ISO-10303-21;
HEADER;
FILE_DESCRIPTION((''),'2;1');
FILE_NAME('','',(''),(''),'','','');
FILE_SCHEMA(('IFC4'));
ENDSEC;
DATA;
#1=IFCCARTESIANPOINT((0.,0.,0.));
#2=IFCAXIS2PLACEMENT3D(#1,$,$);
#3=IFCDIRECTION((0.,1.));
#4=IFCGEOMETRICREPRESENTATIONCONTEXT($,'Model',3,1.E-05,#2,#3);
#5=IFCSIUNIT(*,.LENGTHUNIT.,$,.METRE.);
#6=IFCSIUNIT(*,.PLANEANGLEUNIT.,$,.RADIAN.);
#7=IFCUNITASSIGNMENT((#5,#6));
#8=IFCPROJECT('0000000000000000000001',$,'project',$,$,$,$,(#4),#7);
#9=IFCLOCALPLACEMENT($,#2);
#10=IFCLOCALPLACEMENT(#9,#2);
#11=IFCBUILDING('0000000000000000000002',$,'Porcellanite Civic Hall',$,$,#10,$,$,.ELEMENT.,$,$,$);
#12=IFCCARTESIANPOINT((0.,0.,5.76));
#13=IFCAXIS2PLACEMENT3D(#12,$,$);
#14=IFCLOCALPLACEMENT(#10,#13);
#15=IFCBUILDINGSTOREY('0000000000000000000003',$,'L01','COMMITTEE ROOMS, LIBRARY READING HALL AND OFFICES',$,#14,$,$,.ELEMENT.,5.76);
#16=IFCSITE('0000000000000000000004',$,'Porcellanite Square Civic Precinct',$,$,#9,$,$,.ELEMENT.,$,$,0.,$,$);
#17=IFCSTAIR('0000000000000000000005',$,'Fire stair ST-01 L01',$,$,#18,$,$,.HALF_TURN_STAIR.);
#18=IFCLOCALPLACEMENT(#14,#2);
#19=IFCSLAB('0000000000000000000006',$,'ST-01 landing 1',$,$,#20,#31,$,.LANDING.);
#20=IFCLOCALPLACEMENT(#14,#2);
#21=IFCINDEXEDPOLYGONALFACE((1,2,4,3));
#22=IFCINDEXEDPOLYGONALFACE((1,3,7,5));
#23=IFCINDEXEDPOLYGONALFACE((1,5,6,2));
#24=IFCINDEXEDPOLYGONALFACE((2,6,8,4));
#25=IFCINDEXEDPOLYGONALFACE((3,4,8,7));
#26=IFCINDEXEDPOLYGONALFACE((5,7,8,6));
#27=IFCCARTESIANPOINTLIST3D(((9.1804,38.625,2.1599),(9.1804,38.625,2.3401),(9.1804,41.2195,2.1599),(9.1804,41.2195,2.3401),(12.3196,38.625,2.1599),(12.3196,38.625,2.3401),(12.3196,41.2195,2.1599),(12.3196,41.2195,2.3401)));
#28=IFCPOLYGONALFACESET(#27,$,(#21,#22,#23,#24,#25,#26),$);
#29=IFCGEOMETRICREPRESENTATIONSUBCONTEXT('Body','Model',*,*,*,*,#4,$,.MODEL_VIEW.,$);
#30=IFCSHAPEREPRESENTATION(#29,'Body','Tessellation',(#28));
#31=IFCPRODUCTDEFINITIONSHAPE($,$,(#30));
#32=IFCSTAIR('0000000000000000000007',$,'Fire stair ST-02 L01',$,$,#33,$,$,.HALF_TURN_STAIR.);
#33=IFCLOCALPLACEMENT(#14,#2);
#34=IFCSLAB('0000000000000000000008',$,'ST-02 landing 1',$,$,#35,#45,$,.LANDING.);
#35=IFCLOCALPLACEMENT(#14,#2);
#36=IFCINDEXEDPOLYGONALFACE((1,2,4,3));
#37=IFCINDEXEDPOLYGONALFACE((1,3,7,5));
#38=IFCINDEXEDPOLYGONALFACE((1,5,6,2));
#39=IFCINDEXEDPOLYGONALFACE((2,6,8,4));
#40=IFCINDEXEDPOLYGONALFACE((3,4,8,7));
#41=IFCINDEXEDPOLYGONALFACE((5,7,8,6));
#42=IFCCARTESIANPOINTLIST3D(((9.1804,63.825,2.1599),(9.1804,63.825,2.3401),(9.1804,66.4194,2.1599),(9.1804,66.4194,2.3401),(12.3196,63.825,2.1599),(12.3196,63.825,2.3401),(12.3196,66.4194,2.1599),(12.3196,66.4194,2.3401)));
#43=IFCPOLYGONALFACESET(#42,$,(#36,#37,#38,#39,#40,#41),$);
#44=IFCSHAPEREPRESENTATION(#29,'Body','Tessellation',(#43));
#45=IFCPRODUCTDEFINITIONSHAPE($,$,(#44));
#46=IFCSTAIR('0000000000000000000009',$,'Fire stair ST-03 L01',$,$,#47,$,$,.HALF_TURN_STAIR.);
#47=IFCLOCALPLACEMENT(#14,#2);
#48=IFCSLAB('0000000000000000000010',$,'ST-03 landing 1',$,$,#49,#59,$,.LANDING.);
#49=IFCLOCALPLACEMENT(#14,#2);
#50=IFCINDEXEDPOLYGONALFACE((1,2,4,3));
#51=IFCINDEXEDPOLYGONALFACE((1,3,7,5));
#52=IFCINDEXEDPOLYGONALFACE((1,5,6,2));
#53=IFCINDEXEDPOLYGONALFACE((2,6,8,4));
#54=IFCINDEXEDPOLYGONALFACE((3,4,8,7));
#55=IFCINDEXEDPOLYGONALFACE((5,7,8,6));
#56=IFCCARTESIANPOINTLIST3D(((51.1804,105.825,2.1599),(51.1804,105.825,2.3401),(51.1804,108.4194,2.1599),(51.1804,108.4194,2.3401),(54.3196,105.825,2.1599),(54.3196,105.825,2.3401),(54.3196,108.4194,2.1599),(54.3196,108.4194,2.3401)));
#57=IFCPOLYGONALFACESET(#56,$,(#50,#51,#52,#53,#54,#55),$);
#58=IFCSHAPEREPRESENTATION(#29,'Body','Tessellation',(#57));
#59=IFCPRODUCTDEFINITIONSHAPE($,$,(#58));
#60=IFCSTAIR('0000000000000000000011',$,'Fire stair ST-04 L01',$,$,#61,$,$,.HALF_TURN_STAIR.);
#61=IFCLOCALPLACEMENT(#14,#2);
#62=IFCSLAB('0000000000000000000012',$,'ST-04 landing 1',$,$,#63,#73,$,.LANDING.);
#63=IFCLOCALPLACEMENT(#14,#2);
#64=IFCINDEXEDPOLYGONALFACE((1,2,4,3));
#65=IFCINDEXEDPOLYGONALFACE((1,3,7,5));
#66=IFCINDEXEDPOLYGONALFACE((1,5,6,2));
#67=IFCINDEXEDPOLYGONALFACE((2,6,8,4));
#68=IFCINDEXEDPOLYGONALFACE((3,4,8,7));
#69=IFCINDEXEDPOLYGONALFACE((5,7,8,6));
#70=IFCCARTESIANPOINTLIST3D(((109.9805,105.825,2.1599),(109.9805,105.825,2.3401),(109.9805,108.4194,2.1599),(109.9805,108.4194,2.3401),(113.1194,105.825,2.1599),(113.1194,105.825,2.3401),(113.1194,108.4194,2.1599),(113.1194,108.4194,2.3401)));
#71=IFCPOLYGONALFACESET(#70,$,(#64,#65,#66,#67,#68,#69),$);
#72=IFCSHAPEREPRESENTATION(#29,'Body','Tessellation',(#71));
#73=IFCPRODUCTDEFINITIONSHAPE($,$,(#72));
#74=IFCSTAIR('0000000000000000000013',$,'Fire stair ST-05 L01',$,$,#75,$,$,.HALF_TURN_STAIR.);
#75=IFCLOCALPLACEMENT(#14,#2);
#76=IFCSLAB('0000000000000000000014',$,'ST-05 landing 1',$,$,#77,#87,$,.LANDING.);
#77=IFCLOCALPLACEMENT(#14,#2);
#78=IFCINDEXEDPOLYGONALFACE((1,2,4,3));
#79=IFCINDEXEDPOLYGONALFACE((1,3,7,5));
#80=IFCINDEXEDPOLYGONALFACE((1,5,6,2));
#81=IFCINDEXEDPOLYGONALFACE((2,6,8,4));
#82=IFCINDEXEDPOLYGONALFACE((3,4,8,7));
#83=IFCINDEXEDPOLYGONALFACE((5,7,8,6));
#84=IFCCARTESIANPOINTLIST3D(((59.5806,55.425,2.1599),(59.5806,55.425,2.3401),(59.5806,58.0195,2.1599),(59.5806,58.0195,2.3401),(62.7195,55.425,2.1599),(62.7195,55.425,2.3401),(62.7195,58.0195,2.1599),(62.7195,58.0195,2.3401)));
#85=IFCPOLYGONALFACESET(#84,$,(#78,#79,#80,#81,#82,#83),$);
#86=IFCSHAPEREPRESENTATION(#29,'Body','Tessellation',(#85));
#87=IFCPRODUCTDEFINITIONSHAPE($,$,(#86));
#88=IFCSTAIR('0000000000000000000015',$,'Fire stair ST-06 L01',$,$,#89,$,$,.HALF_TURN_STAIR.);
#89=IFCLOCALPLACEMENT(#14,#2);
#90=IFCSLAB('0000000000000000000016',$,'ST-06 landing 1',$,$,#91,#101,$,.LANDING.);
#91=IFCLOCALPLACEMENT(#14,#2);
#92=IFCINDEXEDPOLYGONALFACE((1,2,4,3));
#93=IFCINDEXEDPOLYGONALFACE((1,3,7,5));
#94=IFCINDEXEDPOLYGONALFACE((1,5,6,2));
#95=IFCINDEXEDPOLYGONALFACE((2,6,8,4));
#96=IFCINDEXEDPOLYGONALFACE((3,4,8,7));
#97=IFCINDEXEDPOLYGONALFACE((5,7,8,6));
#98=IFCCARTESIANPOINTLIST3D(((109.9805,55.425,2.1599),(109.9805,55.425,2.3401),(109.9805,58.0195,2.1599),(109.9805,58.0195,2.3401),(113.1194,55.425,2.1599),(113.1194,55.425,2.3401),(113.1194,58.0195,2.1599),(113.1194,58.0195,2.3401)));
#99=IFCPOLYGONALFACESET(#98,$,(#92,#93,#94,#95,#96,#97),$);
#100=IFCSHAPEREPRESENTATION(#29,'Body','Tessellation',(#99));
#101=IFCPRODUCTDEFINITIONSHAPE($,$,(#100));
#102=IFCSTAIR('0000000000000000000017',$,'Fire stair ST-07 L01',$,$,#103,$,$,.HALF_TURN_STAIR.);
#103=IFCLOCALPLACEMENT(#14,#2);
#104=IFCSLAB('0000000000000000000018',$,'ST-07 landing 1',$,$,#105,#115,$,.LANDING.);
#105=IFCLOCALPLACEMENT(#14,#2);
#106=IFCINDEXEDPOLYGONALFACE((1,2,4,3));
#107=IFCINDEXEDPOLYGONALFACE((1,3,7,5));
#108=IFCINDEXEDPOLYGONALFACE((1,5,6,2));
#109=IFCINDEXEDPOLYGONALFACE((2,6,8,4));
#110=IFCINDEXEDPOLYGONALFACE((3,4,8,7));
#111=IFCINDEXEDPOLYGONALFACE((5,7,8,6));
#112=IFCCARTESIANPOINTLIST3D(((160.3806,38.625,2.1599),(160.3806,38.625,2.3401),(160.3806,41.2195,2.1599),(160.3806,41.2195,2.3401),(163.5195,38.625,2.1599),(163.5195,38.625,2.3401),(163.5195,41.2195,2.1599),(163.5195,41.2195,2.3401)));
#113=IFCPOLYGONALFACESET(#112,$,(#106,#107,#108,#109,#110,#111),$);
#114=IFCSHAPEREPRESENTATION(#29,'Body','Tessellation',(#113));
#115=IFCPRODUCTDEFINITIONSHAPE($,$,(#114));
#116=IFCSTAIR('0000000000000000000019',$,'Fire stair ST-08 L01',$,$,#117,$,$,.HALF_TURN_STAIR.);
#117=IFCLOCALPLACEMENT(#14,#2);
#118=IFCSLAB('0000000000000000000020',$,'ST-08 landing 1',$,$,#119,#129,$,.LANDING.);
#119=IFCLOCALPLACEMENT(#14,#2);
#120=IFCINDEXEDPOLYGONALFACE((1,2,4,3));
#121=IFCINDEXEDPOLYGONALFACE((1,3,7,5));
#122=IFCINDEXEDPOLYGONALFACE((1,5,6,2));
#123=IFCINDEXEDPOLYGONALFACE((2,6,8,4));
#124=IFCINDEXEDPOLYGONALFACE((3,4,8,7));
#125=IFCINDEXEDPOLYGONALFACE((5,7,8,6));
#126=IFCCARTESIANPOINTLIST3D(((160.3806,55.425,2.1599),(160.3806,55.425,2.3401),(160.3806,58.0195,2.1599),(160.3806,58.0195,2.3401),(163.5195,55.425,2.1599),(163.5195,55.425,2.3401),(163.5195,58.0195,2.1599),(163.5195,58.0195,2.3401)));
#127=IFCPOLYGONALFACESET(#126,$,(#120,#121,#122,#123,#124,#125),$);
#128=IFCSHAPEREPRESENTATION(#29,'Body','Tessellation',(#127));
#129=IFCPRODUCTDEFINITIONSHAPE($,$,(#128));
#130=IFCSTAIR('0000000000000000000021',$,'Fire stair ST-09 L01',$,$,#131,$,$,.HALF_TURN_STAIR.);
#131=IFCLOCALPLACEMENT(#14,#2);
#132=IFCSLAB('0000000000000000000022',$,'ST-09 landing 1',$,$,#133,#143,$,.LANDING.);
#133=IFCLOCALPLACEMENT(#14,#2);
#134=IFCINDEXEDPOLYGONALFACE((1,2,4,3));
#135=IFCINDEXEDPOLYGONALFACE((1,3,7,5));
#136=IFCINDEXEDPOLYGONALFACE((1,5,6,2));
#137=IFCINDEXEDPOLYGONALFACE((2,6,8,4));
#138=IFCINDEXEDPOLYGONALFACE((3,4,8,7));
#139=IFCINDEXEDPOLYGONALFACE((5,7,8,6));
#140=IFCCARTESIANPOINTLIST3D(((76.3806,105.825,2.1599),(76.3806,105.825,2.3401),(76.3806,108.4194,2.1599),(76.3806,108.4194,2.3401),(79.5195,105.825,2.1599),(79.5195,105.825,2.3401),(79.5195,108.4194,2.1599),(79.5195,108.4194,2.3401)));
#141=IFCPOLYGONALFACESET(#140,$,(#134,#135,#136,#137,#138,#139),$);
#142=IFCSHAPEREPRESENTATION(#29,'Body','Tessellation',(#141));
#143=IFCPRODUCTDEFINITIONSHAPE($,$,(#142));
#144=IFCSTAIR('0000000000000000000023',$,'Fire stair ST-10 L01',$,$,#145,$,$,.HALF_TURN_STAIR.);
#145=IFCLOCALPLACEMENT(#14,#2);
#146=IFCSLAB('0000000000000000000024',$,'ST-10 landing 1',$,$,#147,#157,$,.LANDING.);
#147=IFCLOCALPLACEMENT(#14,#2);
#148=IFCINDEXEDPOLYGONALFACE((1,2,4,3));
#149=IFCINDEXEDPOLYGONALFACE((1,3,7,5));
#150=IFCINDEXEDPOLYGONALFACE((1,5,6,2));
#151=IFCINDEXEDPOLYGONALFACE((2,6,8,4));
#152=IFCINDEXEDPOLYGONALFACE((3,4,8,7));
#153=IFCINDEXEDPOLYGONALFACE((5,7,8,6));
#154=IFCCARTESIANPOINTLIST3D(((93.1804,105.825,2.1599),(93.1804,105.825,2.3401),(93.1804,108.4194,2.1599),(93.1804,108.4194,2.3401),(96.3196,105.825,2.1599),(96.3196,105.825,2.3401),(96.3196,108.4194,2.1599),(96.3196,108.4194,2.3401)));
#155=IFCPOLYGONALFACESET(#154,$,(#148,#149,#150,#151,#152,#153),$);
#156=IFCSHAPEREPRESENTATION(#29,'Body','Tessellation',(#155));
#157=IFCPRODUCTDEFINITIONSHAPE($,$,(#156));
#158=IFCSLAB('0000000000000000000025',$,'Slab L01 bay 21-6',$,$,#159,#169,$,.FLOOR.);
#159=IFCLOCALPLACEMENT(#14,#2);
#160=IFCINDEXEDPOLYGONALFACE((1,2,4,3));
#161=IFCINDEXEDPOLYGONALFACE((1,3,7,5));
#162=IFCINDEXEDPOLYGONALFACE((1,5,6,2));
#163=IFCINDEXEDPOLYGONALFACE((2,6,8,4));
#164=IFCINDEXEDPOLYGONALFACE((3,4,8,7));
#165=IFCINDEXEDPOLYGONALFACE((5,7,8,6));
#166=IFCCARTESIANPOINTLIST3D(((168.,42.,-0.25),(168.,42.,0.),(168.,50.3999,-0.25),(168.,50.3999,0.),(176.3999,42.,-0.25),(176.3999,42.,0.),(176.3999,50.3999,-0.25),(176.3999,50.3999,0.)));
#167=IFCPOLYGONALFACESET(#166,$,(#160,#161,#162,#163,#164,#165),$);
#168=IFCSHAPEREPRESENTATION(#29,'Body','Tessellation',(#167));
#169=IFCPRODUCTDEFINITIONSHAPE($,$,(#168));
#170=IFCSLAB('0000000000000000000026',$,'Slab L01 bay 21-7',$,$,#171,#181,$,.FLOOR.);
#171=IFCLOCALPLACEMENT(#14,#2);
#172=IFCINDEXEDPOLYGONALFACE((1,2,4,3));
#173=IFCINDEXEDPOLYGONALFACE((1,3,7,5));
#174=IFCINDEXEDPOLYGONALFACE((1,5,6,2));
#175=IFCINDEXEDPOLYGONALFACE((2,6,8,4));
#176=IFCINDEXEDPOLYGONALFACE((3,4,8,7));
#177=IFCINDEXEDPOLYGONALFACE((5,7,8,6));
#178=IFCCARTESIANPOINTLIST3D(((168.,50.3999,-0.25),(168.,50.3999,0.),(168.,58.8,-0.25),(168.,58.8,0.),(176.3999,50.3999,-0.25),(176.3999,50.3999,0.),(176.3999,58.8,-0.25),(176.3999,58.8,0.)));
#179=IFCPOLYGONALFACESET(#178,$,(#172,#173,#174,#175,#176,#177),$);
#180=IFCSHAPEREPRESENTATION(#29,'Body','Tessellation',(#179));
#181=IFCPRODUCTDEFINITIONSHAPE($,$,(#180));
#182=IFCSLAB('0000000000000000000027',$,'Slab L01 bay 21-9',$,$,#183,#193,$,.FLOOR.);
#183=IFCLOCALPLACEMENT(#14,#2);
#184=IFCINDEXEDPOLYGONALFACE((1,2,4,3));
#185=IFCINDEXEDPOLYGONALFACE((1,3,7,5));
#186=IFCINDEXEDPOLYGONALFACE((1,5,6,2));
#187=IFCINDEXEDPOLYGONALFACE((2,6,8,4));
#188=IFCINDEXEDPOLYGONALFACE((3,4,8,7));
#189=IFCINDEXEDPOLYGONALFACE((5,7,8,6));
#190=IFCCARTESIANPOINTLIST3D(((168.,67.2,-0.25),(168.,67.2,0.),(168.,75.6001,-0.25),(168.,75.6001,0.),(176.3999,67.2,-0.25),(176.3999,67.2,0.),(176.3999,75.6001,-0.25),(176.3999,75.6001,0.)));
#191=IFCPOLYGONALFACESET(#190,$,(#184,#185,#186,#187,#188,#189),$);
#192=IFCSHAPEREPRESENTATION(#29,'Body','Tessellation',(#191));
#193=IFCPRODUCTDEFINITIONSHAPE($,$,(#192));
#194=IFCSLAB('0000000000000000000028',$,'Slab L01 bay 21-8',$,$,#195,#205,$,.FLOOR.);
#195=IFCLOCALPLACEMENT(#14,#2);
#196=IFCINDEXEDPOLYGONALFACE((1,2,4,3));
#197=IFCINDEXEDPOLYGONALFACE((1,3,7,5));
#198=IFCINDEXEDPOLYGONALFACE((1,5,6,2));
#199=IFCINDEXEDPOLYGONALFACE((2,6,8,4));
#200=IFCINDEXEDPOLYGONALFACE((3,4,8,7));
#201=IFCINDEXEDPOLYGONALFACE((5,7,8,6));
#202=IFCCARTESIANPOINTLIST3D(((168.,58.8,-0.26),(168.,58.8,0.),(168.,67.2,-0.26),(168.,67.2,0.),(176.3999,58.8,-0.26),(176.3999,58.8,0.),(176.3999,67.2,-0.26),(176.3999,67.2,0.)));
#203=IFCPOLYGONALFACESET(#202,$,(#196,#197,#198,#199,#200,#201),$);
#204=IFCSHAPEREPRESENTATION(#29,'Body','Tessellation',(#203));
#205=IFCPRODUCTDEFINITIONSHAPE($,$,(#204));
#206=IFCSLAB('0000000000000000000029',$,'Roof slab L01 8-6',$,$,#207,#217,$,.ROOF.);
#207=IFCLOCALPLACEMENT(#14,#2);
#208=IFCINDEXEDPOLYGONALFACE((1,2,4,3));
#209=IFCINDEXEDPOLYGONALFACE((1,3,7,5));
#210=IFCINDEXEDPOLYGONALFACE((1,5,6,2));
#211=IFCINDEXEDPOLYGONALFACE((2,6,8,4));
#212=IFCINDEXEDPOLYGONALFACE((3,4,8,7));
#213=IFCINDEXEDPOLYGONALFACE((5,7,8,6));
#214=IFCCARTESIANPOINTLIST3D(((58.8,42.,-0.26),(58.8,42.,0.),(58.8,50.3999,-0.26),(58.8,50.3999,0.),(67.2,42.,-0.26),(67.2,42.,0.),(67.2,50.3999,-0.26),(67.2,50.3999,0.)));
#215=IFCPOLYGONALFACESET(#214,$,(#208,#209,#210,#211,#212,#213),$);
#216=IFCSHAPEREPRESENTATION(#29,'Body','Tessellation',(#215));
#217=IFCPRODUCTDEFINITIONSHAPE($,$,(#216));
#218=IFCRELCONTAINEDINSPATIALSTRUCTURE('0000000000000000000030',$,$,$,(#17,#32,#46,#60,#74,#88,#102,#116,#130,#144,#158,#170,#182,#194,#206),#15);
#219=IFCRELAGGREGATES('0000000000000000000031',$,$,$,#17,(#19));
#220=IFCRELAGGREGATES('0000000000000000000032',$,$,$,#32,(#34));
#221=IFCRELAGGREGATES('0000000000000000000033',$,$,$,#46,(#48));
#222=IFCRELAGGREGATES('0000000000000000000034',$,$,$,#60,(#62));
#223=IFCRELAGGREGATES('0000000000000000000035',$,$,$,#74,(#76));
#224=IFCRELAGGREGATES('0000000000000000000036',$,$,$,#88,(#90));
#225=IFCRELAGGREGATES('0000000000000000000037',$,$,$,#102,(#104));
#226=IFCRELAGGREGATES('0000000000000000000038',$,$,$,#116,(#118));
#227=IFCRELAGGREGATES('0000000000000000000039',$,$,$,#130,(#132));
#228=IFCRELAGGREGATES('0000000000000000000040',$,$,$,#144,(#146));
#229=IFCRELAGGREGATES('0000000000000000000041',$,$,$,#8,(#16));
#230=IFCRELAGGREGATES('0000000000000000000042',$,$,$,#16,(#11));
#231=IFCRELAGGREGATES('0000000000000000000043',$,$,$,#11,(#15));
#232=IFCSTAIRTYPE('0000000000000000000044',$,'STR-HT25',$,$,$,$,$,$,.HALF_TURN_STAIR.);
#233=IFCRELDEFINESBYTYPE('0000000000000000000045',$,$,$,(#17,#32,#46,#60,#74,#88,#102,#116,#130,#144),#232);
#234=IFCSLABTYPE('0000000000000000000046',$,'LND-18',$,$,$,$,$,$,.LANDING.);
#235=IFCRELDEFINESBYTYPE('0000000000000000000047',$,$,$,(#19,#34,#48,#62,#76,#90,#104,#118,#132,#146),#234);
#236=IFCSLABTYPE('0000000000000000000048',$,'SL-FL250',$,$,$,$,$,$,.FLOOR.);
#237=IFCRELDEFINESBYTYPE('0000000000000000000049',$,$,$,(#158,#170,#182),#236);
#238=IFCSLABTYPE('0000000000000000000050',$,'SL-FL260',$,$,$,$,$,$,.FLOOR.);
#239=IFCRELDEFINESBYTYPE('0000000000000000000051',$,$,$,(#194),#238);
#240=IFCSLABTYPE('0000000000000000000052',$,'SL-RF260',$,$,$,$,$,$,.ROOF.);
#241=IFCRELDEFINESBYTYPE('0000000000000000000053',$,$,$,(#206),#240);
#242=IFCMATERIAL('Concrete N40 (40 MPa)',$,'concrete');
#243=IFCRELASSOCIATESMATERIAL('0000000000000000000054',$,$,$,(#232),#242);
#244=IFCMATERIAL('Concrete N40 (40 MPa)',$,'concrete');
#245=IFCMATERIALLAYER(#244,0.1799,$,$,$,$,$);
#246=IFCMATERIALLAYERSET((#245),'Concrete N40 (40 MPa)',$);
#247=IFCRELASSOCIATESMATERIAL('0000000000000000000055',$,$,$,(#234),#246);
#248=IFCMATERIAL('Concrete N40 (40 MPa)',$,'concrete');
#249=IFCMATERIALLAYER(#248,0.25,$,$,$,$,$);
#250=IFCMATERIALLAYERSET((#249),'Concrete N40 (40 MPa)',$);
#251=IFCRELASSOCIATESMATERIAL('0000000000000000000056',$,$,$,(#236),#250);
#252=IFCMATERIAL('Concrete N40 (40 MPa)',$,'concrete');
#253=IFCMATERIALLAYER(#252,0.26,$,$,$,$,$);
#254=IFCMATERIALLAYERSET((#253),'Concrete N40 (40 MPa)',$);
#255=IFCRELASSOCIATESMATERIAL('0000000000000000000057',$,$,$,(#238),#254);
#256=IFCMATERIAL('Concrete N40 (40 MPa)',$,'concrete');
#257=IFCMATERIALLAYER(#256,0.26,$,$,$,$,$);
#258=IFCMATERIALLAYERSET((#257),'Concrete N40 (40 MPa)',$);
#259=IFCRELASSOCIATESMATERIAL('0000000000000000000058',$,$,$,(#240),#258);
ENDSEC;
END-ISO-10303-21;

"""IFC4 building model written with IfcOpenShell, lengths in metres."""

from ifc_helpers import new_model, si_unit, direction, frame, origin, place, context, subcontext, project, spatial, polyline, outline, extrude, material, layer, layer_set, type_object, element, aggregate, save


model = new_model("IFC4")

# Units and contexts
model_context = context("Model", 3, precision=1e-05, world=origin(), true_north=direction((0.0, 1.0)))
body_context = subcontext(model_context, "Body", "Model", "MODEL_VIEW")
ifc_project = project(units=[si_unit("LENGTHUNIT", "METRE"), si_unit("PLANEANGLEUNIT", "RADIAN")], contexts=[model_context])

# Site, building, storey
site_placement = place(None, origin())
site = spatial("IfcSite", under=ifc_project, at=site_placement, Name="Porcellanite Square Civic Precinct", CompositionType="ELEMENT", RefElevation=0.0)
building_placement = place(site_placement, origin())
building = spatial("IfcBuilding", under=site, at=building_placement, Name="Porcellanite Civic Hall", CompositionType="ELEMENT")
storey_placement = place(building_placement, frame((0.0, 0.0, 5.76)))
storey = spatial("IfcBuildingStorey", under=building, at=storey_placement, Name="L01", Description="COMMITTEE ROOMS, LIBRARY READING HALL AND OFFICES", CompositionType="ELEMENT", Elevation=5.76)

# Stairs, slabs
ifc_material_1 = material(Name="Concrete N40 (40 MPa)", Category="concrete")
stair_type = type_object("IfcStairType", Name="STR-HT25", PredefinedType="HALF_TURN_STAIR", material=ifc_material_1)
stair_1_placement = place(storey_placement, origin())
stair_1 = element("IfcStair", 1, at=stair_1_placement, inside=storey, type_object=stair_type, Name="Fire stair ST-01 L01", PredefinedType="HALF_TURN_STAIR")
ifc_material_2 = material(Name="Concrete N40 (40 MPa)", Category="concrete")
ifc_layer_1 = layer(ifc_material_2, 0.1799)
ifc_layer_set_1 = layer_set([ifc_layer_1], Name="Concrete N40 (40 MPa)")
slab_type_1 = type_object("IfcSlabType", Name="LND-18", PredefinedType="LANDING", material=ifc_layer_set_1)
slab_1_placement = place(storey_placement, frame((0.0, 0.0, 2.1599)))
slab_1 = element("IfcSlab", 2, at=slab_1_placement, type_object=slab_type_1, Name="ST-01 landing 1", PredefinedType="LANDING", context=body_context, shape_type="SweptSolid", body=[
    extrude(outline(polyline([(9.1804, 38.625), (12.3196, 38.625), (12.3196, 41.2195), (9.1804, 41.2195), (9.1804, 38.625)])), origin(), (0.0, 0.0, 1.0), 0.1802),
])
aggregate(stair_1, [slab_1])
stair_2_placement = place(storey_placement, origin())
stair_2 = element("IfcStair", 3, at=stair_2_placement, inside=storey, type_object=stair_type, Name="Fire stair ST-02 L01", PredefinedType="HALF_TURN_STAIR")
slab_2_placement = place(storey_placement, frame((0.0, 0.0, 2.1599)))
slab_2 = element("IfcSlab", 4, at=slab_2_placement, type_object=slab_type_1, Name="ST-02 landing 1", PredefinedType="LANDING", context=body_context, shape_type="SweptSolid", body=[
    extrude(outline(polyline([(9.1804, 63.825), (12.3196, 63.825), (12.3196, 66.4194), (9.1804, 66.4194), (9.1804, 63.825)])), origin(), (0.0, 0.0, 1.0), 0.1802),
])
aggregate(stair_2, [slab_2])
stair_3_placement = place(storey_placement, origin())
stair_3 = element("IfcStair", 5, at=stair_3_placement, inside=storey, type_object=stair_type, Name="Fire stair ST-03 L01", PredefinedType="HALF_TURN_STAIR")
slab_3_placement = place(storey_placement, frame((0.0, 0.0, 2.1599)))
slab_3 = element("IfcSlab", 6, at=slab_3_placement, type_object=slab_type_1, Name="ST-03 landing 1", PredefinedType="LANDING", context=body_context, shape_type="SweptSolid", body=[
    extrude(outline(polyline([(51.1804, 105.825), (54.3196, 105.825), (54.3196, 108.4194), (51.1804, 108.4194), (51.1804, 105.825)])), origin(), (0.0, 0.0, 1.0), 0.1802),
])
aggregate(stair_3, [slab_3])
stair_4_placement = place(storey_placement, origin())
stair_4 = element("IfcStair", 7, at=stair_4_placement, inside=storey, type_object=stair_type, Name="Fire stair ST-04 L01", PredefinedType="HALF_TURN_STAIR")
slab_4_placement = place(storey_placement, frame((0.0, 0.0, 2.1599)))
slab_4 = element("IfcSlab", 8, at=slab_4_placement, type_object=slab_type_1, Name="ST-04 landing 1", PredefinedType="LANDING", context=body_context, shape_type="SweptSolid", body=[
    extrude(outline(polyline([(109.9805, 105.825), (113.1194, 105.825), (113.1194, 108.4194), (109.9805, 108.4194), (109.9805, 105.825)])), origin(), (0.0, 0.0, 1.0), 0.1802),
])
aggregate(stair_4, [slab_4])
stair_5_placement = place(storey_placement, origin())
stair_5 = element("IfcStair", 9, at=stair_5_placement, inside=storey, type_object=stair_type, Name="Fire stair ST-05 L01", PredefinedType="HALF_TURN_STAIR")
slab_5_placement = place(storey_placement, frame((0.0, 0.0, 2.1599)))
slab_5 = element("IfcSlab", 10, at=slab_5_placement, type_object=slab_type_1, Name="ST-05 landing 1", PredefinedType="LANDING", context=body_context, shape_type="SweptSolid", body=[
    extrude(outline(polyline([(59.5806, 55.425), (62.7195, 55.425), (62.7195, 58.0195), (59.5806, 58.0195), (59.5806, 55.425)])), origin(), (0.0, 0.0, 1.0), 0.1802),
])
aggregate(stair_5, [slab_5])
stair_6_placement = place(storey_placement, origin())
stair_6 = element("IfcStair", 11, at=stair_6_placement, inside=storey, type_object=stair_type, Name="Fire stair ST-06 L01", PredefinedType="HALF_TURN_STAIR")
slab_6_placement = place(storey_placement, frame((0.0, 0.0, 2.1599)))
slab_6 = element("IfcSlab", 12, at=slab_6_placement, type_object=slab_type_1, Name="ST-06 landing 1", PredefinedType="LANDING", context=body_context, shape_type="SweptSolid", body=[
    extrude(outline(polyline([(109.9805, 55.425), (113.1194, 55.425), (113.1194, 58.0195), (109.9805, 58.0195), (109.9805, 55.425)])), origin(), (0.0, 0.0, 1.0), 0.1802),
])
aggregate(stair_6, [slab_6])
stair_7_placement = place(storey_placement, origin())
stair_7 = element("IfcStair", 13, at=stair_7_placement, inside=storey, type_object=stair_type, Name="Fire stair ST-07 L01", PredefinedType="HALF_TURN_STAIR")
slab_7_placement = place(storey_placement, frame((0.0, 0.0, 2.1599)))
slab_7 = element("IfcSlab", 14, at=slab_7_placement, type_object=slab_type_1, Name="ST-07 landing 1", PredefinedType="LANDING", context=body_context, shape_type="SweptSolid", body=[
    extrude(outline(polyline([(160.3806, 38.625), (163.5195, 38.625), (163.5195, 41.2195), (160.3806, 41.2195), (160.3806, 38.625)])), origin(), (0.0, 0.0, 1.0), 0.1802),
])
aggregate(stair_7, [slab_7])
stair_8_placement = place(storey_placement, origin())
stair_8 = element("IfcStair", 15, at=stair_8_placement, inside=storey, type_object=stair_type, Name="Fire stair ST-08 L01", PredefinedType="HALF_TURN_STAIR")
slab_8_placement = place(storey_placement, frame((0.0, 0.0, 2.1599)))
slab_8 = element("IfcSlab", 16, at=slab_8_placement, type_object=slab_type_1, Name="ST-08 landing 1", PredefinedType="LANDING", context=body_context, shape_type="SweptSolid", body=[
    extrude(outline(polyline([(160.3806, 55.425), (163.5195, 55.425), (163.5195, 58.0195), (160.3806, 58.0195), (160.3806, 55.425)])), origin(), (0.0, 0.0, 1.0), 0.1802),
])
aggregate(stair_8, [slab_8])
stair_9_placement = place(storey_placement, origin())
stair_9 = element("IfcStair", 17, at=stair_9_placement, inside=storey, type_object=stair_type, Name="Fire stair ST-09 L01", PredefinedType="HALF_TURN_STAIR")
slab_9_placement = place(storey_placement, frame((0.0, 0.0, 2.1599)))
slab_9 = element("IfcSlab", 18, at=slab_9_placement, type_object=slab_type_1, Name="ST-09 landing 1", PredefinedType="LANDING", context=body_context, shape_type="SweptSolid", body=[
    extrude(outline(polyline([(76.3806, 105.825), (79.5195, 105.825), (79.5195, 108.4194), (76.3806, 108.4194), (76.3806, 105.825)])), origin(), (0.0, 0.0, 1.0), 0.1802),
])
aggregate(stair_9, [slab_9])
stair_10_placement = place(storey_placement, origin())
stair_10 = element("IfcStair", 19, at=stair_10_placement, inside=storey, type_object=stair_type, Name="Fire stair ST-10 L01", PredefinedType="HALF_TURN_STAIR")
slab_10_placement = place(storey_placement, frame((0.0, 0.0, 2.1599)))
slab_10 = element("IfcSlab", 20, at=slab_10_placement, type_object=slab_type_1, Name="ST-10 landing 1", PredefinedType="LANDING", context=body_context, shape_type="SweptSolid", body=[
    extrude(outline(polyline([(93.1804, 105.825), (96.3196, 105.825), (96.3196, 108.4194), (93.1804, 108.4194), (93.1804, 105.825)])), origin(), (0.0, 0.0, 1.0), 0.1802),
])
aggregate(stair_10, [slab_10])

# Slabs
ifc_material_3 = material(Name="Concrete N40 (40 MPa)", Category="concrete")
ifc_layer_2 = layer(ifc_material_3, 0.25)
ifc_layer_set_2 = layer_set([ifc_layer_2], Name="Concrete N40 (40 MPa)")
slab_type_2 = type_object("IfcSlabType", Name="SL-FL250", PredefinedType="FLOOR", material=ifc_layer_set_2)
slab_11_placement = place(storey_placement, frame((0.0, 0.0, -0.25)))
element("IfcSlab", 21, at=slab_11_placement, inside=storey, type_object=slab_type_2, Name="Slab L01 bay 21-6", PredefinedType="FLOOR", context=body_context, shape_type="SweptSolid", body=[
    extrude(outline(polyline([(168.0, 42.0), (176.3999, 42.0), (176.3999, 50.3999), (168.0, 50.3999), (168.0, 42.0)])), origin(), (0.0, 0.0, 1.0), 0.25),
])
slab_12_placement = place(storey_placement, frame((0.0, 0.0, -0.25)))
element("IfcSlab", 22, at=slab_12_placement, inside=storey, type_object=slab_type_2, Name="Slab L01 bay 21-7", PredefinedType="FLOOR", context=body_context, shape_type="SweptSolid", body=[
    extrude(outline(polyline([(168.0, 50.3999), (176.3999, 50.3999), (176.3999, 58.8), (168.0, 58.8), (168.0, 50.3999)])), origin(), (0.0, 0.0, 1.0), 0.25),
])
slab_13_placement = place(storey_placement, frame((0.0, 0.0, -0.25)))
element("IfcSlab", 23, at=slab_13_placement, inside=storey, type_object=slab_type_2, Name="Slab L01 bay 21-9", PredefinedType="FLOOR", context=body_context, shape_type="SweptSolid", body=[
    extrude(outline(polyline([(168.0, 67.2), (176.3999, 67.2), (176.3999, 75.6001), (168.0, 75.6001), (168.0, 67.2)])), origin(), (0.0, 0.0, 1.0), 0.25),
])
ifc_material_4 = material(Name="Concrete N40 (40 MPa)", Category="concrete")
ifc_layer_3 = layer(ifc_material_4, 0.26)
ifc_layer_set_3 = layer_set([ifc_layer_3], Name="Concrete N40 (40 MPa)")
slab_type_3 = type_object("IfcSlabType", Name="SL-FL260", PredefinedType="FLOOR", material=ifc_layer_set_3)
slab_14_placement = place(storey_placement, frame((0.0, 0.0, -0.26)))
element("IfcSlab", 24, at=slab_14_placement, inside=storey, type_object=slab_type_3, Name="Slab L01 bay 21-8", PredefinedType="FLOOR", context=body_context, shape_type="SweptSolid", body=[
    extrude(outline(polyline([(168.0, 58.8), (176.3999, 58.8), (176.3999, 67.2), (168.0, 67.2), (168.0, 58.8)])), origin(), (0.0, 0.0, 1.0), 0.26),
])
ifc_material_5 = material(Name="Concrete N40 (40 MPa)", Category="concrete")
ifc_layer_4 = layer(ifc_material_5, 0.26)
ifc_layer_set_4 = layer_set([ifc_layer_4], Name="Concrete N40 (40 MPa)")
slab_type_4 = type_object("IfcSlabType", Name="SL-RF260", PredefinedType="ROOF", material=ifc_layer_set_4)
slab_15_placement = place(storey_placement, frame((0.0, 0.0, -0.26)))
element("IfcSlab", 25, at=slab_15_placement, inside=storey, type_object=slab_type_4, Name="Roof slab L01 8-6", PredefinedType="ROOF", context=body_context, shape_type="SweptSolid", body=[
    extrude(outline(polyline([(58.8, 42.0), (67.2, 42.0), (67.2, 50.3999), (58.8, 50.3999), (58.8, 42.0)])), origin(), (0.0, 0.0, 1.0), 0.26),
])

save(model, "model.ifc")
